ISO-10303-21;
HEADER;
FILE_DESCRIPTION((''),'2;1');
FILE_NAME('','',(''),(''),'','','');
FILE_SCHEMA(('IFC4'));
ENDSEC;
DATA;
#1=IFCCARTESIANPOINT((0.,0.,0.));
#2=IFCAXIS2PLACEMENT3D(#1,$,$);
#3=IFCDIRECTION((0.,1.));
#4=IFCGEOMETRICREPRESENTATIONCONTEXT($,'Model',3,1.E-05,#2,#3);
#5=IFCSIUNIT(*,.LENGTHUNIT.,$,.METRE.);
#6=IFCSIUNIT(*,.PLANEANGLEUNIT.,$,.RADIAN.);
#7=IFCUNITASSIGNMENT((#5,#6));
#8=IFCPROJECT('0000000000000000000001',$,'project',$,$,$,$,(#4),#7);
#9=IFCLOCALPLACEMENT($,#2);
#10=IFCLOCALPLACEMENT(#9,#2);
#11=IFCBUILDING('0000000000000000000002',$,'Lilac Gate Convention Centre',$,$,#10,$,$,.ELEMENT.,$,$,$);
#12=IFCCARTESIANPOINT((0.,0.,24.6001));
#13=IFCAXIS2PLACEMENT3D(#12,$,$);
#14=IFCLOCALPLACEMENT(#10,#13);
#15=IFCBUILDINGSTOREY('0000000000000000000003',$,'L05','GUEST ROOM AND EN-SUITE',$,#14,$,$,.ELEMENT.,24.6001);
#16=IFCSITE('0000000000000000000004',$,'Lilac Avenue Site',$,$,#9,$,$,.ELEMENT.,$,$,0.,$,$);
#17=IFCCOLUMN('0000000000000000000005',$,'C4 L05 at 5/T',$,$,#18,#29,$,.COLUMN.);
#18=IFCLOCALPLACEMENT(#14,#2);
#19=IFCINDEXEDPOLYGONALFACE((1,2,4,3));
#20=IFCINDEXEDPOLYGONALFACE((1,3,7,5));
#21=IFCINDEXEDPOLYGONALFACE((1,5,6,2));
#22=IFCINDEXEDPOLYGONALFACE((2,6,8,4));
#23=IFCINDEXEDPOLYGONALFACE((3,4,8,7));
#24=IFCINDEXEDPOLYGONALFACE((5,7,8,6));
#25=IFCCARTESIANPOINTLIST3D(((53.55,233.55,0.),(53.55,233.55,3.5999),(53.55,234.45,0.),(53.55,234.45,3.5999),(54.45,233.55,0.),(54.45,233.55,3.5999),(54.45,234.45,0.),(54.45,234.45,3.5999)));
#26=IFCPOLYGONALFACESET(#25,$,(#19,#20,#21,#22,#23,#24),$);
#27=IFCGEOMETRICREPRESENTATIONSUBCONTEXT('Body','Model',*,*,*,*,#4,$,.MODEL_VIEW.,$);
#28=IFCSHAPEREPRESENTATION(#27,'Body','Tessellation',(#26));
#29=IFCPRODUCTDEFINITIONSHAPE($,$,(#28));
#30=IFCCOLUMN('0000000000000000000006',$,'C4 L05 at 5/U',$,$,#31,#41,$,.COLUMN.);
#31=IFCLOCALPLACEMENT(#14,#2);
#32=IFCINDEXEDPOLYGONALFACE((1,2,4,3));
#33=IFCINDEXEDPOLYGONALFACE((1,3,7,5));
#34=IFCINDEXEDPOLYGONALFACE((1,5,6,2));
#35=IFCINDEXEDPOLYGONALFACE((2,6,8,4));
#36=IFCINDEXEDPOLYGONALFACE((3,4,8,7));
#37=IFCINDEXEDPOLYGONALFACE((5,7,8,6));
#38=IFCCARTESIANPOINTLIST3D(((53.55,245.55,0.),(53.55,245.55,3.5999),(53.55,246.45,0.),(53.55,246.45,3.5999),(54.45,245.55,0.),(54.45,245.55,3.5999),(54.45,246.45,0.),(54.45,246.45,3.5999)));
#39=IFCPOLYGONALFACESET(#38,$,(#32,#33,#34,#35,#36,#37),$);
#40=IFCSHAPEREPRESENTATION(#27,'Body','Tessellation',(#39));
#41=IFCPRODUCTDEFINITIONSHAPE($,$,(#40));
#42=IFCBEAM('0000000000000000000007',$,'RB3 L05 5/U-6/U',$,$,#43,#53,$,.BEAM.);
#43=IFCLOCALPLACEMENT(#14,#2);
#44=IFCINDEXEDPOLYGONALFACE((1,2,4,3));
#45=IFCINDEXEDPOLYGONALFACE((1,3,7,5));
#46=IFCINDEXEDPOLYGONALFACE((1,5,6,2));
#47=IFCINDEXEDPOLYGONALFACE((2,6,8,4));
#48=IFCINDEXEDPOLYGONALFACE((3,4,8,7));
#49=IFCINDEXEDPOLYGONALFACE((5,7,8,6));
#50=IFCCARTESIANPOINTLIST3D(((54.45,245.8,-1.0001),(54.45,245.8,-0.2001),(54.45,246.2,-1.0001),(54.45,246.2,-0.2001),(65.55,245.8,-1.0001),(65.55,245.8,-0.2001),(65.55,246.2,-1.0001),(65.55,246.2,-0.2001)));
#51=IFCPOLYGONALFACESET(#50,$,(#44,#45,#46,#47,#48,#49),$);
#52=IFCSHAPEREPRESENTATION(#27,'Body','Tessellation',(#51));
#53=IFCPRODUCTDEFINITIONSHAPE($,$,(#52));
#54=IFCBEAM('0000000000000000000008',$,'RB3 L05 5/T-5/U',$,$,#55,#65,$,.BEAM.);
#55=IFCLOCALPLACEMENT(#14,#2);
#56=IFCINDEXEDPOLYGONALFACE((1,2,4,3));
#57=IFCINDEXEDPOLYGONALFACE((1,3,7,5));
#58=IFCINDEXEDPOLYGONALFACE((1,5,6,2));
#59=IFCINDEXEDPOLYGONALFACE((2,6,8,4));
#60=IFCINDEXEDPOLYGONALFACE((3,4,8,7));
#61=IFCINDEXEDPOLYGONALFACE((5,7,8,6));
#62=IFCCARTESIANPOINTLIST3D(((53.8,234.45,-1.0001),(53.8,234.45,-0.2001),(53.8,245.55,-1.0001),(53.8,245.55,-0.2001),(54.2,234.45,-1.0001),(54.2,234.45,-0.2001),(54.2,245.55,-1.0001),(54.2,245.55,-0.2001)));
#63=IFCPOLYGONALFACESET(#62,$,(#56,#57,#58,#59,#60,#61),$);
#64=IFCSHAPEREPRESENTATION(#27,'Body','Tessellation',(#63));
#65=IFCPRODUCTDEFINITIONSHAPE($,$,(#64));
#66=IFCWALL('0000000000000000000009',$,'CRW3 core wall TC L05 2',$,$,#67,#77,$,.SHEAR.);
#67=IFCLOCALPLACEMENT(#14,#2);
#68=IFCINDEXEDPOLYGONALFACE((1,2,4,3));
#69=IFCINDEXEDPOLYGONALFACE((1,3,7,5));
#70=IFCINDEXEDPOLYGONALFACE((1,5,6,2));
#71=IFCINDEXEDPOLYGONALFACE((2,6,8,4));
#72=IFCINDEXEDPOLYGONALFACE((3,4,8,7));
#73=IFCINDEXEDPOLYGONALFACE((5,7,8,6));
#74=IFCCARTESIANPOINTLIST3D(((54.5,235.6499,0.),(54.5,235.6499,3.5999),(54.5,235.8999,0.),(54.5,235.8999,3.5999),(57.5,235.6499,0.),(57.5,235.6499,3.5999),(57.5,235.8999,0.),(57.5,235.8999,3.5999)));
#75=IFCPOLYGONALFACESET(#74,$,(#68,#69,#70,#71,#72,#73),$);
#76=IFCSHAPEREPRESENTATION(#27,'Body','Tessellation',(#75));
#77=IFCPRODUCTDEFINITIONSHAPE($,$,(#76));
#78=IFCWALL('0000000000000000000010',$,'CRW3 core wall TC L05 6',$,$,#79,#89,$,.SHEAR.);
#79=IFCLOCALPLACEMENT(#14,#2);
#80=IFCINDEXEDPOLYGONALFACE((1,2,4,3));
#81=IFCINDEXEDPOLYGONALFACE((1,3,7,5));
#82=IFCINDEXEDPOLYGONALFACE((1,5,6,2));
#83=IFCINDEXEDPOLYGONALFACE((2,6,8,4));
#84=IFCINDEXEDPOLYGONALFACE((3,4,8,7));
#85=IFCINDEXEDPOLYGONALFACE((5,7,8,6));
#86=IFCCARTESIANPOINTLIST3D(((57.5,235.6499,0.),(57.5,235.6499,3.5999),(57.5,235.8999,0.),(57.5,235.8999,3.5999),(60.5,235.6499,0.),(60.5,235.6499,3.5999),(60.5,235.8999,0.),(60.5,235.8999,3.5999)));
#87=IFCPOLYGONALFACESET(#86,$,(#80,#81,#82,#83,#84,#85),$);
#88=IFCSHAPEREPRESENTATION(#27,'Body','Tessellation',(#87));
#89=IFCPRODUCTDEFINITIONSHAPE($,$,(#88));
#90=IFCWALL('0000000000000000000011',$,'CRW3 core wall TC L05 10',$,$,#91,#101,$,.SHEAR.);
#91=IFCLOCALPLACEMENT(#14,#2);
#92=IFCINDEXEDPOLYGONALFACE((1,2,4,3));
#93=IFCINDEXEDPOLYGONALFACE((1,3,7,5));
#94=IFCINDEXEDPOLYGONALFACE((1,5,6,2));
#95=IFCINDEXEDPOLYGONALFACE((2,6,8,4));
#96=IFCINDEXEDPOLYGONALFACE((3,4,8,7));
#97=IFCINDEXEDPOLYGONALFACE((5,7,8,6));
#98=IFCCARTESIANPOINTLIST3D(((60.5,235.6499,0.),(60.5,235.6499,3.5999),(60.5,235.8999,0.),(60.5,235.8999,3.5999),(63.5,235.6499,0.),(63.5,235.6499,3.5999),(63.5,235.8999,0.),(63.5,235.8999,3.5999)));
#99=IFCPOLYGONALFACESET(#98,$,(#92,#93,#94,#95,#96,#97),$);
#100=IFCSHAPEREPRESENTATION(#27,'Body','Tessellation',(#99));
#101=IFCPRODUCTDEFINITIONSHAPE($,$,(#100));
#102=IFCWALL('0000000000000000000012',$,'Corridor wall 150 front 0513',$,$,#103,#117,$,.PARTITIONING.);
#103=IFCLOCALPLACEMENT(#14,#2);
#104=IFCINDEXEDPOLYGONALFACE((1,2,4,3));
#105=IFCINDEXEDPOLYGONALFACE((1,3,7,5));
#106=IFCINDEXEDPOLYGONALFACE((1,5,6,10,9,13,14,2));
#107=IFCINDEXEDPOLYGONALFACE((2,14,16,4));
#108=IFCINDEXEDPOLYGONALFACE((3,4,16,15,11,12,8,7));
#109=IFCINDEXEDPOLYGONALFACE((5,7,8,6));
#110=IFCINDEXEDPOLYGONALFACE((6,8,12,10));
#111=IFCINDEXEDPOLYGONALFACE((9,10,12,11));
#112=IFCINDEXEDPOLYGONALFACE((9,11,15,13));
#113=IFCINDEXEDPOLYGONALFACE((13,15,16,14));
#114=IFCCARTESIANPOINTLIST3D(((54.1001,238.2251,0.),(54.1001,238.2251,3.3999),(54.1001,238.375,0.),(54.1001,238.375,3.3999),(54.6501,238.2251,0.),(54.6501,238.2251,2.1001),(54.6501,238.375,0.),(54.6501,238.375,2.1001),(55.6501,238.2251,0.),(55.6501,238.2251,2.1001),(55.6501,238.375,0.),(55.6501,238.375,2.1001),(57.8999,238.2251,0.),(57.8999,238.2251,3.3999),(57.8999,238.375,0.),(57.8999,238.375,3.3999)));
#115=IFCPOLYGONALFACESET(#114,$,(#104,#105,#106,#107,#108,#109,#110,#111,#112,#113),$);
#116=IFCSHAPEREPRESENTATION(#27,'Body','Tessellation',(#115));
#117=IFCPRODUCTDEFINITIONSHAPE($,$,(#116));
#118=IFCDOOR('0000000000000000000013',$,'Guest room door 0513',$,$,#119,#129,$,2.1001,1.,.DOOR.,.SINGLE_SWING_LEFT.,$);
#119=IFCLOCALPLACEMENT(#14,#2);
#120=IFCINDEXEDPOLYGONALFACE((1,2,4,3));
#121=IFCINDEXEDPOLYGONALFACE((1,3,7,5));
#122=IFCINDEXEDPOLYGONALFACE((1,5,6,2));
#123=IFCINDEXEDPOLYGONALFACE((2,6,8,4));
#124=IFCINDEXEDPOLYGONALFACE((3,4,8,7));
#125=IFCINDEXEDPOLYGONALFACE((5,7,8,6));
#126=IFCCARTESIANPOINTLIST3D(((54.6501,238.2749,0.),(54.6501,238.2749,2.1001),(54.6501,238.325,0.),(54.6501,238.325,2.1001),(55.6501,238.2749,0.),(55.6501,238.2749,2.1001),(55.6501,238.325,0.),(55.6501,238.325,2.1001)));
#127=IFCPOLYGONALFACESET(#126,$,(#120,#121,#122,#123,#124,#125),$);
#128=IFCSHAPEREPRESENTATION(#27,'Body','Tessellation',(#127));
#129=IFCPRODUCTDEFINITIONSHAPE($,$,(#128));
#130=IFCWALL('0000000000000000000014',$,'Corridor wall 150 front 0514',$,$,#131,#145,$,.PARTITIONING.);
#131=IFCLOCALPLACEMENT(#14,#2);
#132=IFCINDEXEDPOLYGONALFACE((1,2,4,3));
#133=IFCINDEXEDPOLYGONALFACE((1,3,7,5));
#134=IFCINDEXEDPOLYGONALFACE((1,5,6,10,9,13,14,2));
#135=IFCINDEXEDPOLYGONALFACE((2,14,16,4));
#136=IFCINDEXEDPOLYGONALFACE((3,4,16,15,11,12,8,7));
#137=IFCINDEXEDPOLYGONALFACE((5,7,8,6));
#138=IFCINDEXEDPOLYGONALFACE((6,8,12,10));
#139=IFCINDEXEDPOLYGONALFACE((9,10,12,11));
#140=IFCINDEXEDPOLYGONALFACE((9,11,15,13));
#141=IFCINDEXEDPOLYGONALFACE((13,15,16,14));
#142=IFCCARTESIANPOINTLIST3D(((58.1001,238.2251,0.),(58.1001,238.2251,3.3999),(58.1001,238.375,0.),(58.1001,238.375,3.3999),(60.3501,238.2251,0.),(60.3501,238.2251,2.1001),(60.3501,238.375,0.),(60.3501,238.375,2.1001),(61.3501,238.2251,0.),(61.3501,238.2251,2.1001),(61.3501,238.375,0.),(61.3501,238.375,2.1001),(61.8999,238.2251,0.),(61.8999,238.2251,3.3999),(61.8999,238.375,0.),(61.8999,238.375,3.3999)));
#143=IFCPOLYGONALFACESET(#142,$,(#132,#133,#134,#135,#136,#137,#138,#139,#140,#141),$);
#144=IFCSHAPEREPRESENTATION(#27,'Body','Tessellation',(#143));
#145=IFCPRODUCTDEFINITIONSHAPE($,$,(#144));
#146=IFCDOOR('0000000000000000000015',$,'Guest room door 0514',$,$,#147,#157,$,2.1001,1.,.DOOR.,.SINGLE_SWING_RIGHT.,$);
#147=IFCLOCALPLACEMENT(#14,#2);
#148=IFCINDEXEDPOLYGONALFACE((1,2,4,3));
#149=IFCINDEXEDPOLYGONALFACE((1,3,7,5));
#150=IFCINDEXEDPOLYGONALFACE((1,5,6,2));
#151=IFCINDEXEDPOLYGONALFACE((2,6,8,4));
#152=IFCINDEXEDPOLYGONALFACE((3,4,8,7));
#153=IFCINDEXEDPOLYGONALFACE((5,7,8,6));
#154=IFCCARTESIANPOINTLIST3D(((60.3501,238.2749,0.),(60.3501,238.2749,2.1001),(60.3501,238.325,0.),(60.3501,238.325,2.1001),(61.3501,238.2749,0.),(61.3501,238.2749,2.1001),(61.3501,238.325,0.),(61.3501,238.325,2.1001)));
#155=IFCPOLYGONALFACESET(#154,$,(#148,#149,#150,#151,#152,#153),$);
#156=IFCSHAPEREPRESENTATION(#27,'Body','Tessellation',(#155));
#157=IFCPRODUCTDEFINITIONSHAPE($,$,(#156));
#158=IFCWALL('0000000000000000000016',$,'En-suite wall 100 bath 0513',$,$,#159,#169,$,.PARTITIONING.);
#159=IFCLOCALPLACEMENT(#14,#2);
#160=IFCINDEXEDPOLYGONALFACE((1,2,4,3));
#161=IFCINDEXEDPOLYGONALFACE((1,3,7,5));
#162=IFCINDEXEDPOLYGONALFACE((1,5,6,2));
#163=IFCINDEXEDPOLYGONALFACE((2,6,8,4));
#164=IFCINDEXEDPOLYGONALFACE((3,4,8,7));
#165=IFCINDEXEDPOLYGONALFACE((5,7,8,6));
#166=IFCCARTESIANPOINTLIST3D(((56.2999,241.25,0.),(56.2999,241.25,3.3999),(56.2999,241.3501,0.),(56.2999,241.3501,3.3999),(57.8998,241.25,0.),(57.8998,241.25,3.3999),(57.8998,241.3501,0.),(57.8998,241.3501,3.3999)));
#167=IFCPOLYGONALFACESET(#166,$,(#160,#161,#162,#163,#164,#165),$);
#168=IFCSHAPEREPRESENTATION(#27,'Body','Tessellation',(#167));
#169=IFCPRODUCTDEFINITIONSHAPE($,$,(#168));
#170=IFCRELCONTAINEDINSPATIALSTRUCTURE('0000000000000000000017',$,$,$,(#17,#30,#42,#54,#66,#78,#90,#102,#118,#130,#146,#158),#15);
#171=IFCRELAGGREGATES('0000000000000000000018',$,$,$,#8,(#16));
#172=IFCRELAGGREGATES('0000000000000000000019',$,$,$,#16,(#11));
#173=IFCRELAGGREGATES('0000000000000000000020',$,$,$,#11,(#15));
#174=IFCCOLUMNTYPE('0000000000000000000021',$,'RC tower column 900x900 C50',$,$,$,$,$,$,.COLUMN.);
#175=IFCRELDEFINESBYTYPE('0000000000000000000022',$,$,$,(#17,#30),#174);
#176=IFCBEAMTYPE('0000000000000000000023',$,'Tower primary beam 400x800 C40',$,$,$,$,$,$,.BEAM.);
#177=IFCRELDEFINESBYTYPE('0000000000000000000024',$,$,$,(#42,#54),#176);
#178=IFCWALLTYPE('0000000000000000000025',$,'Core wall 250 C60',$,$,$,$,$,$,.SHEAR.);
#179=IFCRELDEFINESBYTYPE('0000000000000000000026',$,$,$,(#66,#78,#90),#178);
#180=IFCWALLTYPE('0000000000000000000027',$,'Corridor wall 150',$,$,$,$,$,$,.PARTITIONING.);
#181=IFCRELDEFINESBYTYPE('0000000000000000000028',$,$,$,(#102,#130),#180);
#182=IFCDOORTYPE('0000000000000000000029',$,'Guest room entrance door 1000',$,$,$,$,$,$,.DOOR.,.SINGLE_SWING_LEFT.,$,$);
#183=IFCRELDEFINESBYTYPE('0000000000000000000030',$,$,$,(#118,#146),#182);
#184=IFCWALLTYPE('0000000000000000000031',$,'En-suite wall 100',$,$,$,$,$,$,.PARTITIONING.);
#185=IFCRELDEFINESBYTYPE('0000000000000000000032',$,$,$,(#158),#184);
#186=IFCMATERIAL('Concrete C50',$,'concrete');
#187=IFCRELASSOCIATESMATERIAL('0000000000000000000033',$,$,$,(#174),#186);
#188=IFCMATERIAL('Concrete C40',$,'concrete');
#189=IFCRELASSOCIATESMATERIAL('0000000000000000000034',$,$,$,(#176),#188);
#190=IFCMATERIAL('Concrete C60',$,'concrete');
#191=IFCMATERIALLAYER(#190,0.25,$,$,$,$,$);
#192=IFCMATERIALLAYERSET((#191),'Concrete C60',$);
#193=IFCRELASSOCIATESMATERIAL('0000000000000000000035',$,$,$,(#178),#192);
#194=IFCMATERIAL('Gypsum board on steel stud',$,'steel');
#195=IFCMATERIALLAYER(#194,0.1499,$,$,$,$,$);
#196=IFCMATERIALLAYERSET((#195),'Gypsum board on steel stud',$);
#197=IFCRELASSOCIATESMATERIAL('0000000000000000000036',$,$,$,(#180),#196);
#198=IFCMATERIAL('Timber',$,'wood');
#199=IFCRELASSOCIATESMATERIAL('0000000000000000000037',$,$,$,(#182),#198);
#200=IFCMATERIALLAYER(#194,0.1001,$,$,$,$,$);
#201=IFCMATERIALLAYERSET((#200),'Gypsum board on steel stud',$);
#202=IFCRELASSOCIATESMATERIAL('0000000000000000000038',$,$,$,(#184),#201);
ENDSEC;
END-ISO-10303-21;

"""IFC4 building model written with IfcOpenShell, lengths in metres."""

from ifc_helpers import new_model, si_unit, direction, frame, frame_2d, origin, origin_2d, place, context, subcontext, project, spatial, rectangle, extrude, material, layer, layer_set, material_profile, profile_set, type_object, element, fill, save


model = new_model("IFC4")

# Units and contexts
model_context = context("Model", 3, precision=1e-05, world=origin(), true_north=direction((0.0, 1.0)))
body_context = subcontext(model_context, "Body", "Model", "MODEL_VIEW")
ifc_project = project(units=[si_unit("LENGTHUNIT", "METRE"), si_unit("PLANEANGLEUNIT", "RADIAN")], contexts=[model_context])

# Site, building, storey
site_placement = place(None, origin())
site = spatial("IfcSite", under=ifc_project, at=site_placement, Name="Lilac Avenue Site", CompositionType="ELEMENT", RefElevation=0.0)
building_placement = place(site_placement, origin())
building = spatial("IfcBuilding", under=site, at=building_placement, Name="Lilac Gate Convention Centre", CompositionType="ELEMENT")
storey_placement = place(building_placement, frame((0.0, 0.0, 24.6001)))
storey = spatial("IfcBuildingStorey", under=building, at=storey_placement, Name="L05", Description="GUEST ROOM AND EN-SUITE", CompositionType="ELEMENT", Elevation=24.6001)

# Columns
ifc_material_1 = material(Name="Concrete C50", Category="concrete")
ifc_material_profile_1 = material_profile(ifc_material_1, rectangle(XDim=0.8999, YDim=0.8999, at=origin_2d()), Name="RC 900x900")
ifc_profile_set_1 = profile_set([ifc_material_profile_1], Name="Concrete C50")
column_type = type_object("IfcColumnType", Name="RC tower column 900x900 C50", PredefinedType="COLUMN", material=ifc_profile_set_1)
for number, where, z_axis, x_axis, name in (
    (1, (54.0, 234.0, 0.0), (0.0, 0.0, 1.0), (1.0, 0.0, 0.0), "C4 L05 at 5/T"),
    (2, (54.0, 246.0, 0.0), (0.0, 0.0, 1.0), (1.0, 0.0, 0.0), "C4 L05 at 5/U"),
):
    element("IfcColumn", number, at=place(storey_placement, frame(where, z_axis=z_axis, x_axis=x_axis)), inside=storey, type_object=column_type, Name=name, PredefinedType="COLUMN", context=body_context, shape_type="SweptSolid", body=[
        extrude(rectangle(XDim=0.8999, YDim=0.8999, at=origin_2d()), origin(), (0.0, 0.0, 1.0), 3.5999),
    ])

# Beams
ifc_material_2 = material(Name="Concrete C40", Category="concrete")
ifc_material_profile_2 = material_profile(ifc_material_2, rectangle(XDim=0.3999, YDim=0.8, at=origin_2d()), Name="RC 400x800")
ifc_profile_set_2 = profile_set([ifc_material_profile_2], Name="Concrete C40")
beam_type = type_object("IfcBeamType", Name="Tower primary beam 400x800 C40", PredefinedType="BEAM", material=ifc_profile_set_2)
for number, where, z_axis, x_axis, name in (
    (3, (54.45, 246.0, -0.6001), (1.0, 0.0, 0.0), (0.0, 1.0, 0.0), "RB3 L05 5/U-6/U"),
    (4, (54.0, 234.45, -0.6001), (0.0, 1.0, 0.0), (-1.0, 0.0, 0.0), "RB3 L05 5/T-5/U"),
):
    element("IfcBeam", number, at=place(storey_placement, frame(where, z_axis=z_axis, x_axis=x_axis)), inside=storey, type_object=beam_type, Name=name, PredefinedType="BEAM", context=body_context, shape_type="SweptSolid", body=[
        extrude(rectangle(XDim=0.3999, YDim=0.8, at=origin_2d()), origin(), (0.0, 0.0, 1.0), 11.1001),
    ])

# Walls
ifc_material_3 = material(Name="Concrete C60", Category="concrete")
ifc_layer_1 = layer(ifc_material_3, 0.25)
ifc_layer_set_1 = layer_set([ifc_layer_1], Name="Concrete C60")
wall_type_1 = type_object("IfcWallType", Name="Core wall 250 C60", PredefinedType="SHEAR", material=ifc_layer_set_1)
for number, where, z_axis, x_axis, name in (
    (5, (54.5, 235.7749, 0.0), (0.0, 0.0, 1.0), (1.0, 0.0, 0.0), "CRW3 core wall TC L05 2"),
    (6, (57.5, 235.7749, 0.0), (0.0, 0.0, 1.0), (1.0, 0.0, 0.0), "CRW3 core wall TC L05 6"),
    (7, (60.5, 235.7749, 0.0), (0.0, 0.0, 1.0), (1.0, 0.0, 0.0), "CRW3 core wall TC L05 10"),
):
    element("IfcWall", number, at=place(storey_placement, frame(where, z_axis=z_axis, x_axis=x_axis)), inside=storey, type_object=wall_type_1, Name=name, PredefinedType="SHEAR", context=body_context, shape_type="SweptSolid", body=[
        extrude(rectangle(XDim=3.0, YDim=0.25, at=frame_2d((1.5, 0.0))), origin(), (0.0, 0.0, 1.0), 3.5999),
    ])

# Walls, openings, doors
ifc_material_4 = material(Name="Gypsum board on steel stud", Category="steel")
ifc_layer_2 = layer(ifc_material_4, 0.1499)
ifc_layer_set_2 = layer_set([ifc_layer_2], Name="Gypsum board on steel stud")
wall_type_2 = type_object("IfcWallType", Name="Corridor wall 150", PredefinedType="PARTITIONING", material=ifc_layer_set_2)
wall_1_placement = place(storey_placement, frame((54.1001, 238.3, 0.0), z_axis=(0.0, 0.0, 1.0), x_axis=(1.0, 0.0, 0.0)))
wall_1 = element("IfcWall", 8, at=wall_1_placement, inside=storey, type_object=wall_type_2, Name="Corridor wall 150 front 0513", PredefinedType="PARTITIONING", context=body_context, shape_type="SweptSolid", body=[
    extrude(rectangle(XDim=3.7998, YDim=0.1499, at=frame_2d((1.8999, 0.0))), origin(), (0.0, 0.0, 1.0), 3.3999),
])
opening_1_placement = place(wall_1_placement, frame((0.55, 0.0, 0.0)))
opening_1 = element("IfcOpeningElement", 9, at=opening_1_placement, cuts=wall_1, PredefinedType="OPENING", context=body_context, shape_type="SweptSolid", body=[
    extrude(rectangle(XDim=1.0, YDim=2.1001, at=frame_2d((0.5, 1.05))), frame((0.0, 0.085, 0.0), z_axis=(0.0, -1.0, 0.0), x_axis=(1.0, 0.0, 0.0)), (0.0, 0.0, 1.0), 0.1699),
])
ifc_material_5 = material(Name="Timber", Category="wood")
door_type_1 = type_object("IfcDoorType", Name="Guest room entrance door 1000", OperationType="SINGLE_SWING_LEFT", PredefinedType="DOOR", material=ifc_material_5)
door_1_placement = place(opening_1_placement, origin())
door_1 = element("IfcDoor", 10, at=door_1_placement, inside=storey, type_object=door_type_1, Name="Guest room door 0513", OperationType="SINGLE_SWING_LEFT", OverallHeight=2.1001, OverallWidth=1.0, PredefinedType="DOOR", context=body_context, shape_type="SweptSolid", body=[
    extrude(rectangle(XDim=1.0, YDim=2.1001, at=frame_2d((0.5, 1.05))), frame((0.0, 0.0249, 0.0), z_axis=(0.0, -1.0, 0.0), x_axis=(1.0, 0.0, 0.0)), (0.0, 0.0, 1.0), 0.05),
])
fill(opening_1, door_1)
wall_2_placement = place(storey_placement, frame((58.1001, 238.3, 0.0), z_axis=(0.0, 0.0, 1.0), x_axis=(1.0, 0.0, 0.0)))
wall_2 = element("IfcWall", 11, at=wall_2_placement, inside=storey, type_object=wall_type_2, Name="Corridor wall 150 front 0514", PredefinedType="PARTITIONING", context=body_context, shape_type="SweptSolid", body=[
    extrude(rectangle(XDim=3.7998, YDim=0.1499, at=frame_2d((1.8999, 0.0))), origin(), (0.0, 0.0, 1.0), 3.3999),
])
opening_2_placement = place(wall_2_placement, frame((2.25, 0.0, 0.0)))
opening_2 = element("IfcOpeningElement", 12, at=opening_2_placement, cuts=wall_2, PredefinedType="OPENING", context=body_context, shape_type="SweptSolid", body=[
    extrude(rectangle(XDim=1.0, YDim=2.1001, at=frame_2d((0.5, 1.05))), frame((0.0, 0.085, 0.0), z_axis=(0.0, -1.0, 0.0), x_axis=(1.0, 0.0, 0.0)), (0.0, 0.0, 1.0), 0.1699),
])
door_2_placement = place(opening_2_placement, origin())
door_2 = element("IfcDoor", 13, at=door_2_placement, inside=storey, type_object=door_type_1, Name="Guest room door 0514", OperationType="SINGLE_SWING_RIGHT", OverallHeight=2.1001, OverallWidth=1.0, PredefinedType="DOOR", context=body_context, shape_type="SweptSolid", body=[
    extrude(rectangle(XDim=1.0, YDim=2.1001, at=frame_2d((0.5, 1.05))), frame((0.0, 0.0249, 0.0), z_axis=(0.0, -1.0, 0.0), x_axis=(1.0, 0.0, 0.0)), (0.0, 0.0, 1.0), 0.05),
])
fill(opening_2, door_2)

# Wall
ifc_layer_3 = layer(ifc_material_4, 0.1001)
ifc_layer_set_3 = layer_set([ifc_layer_3], Name="Gypsum board on steel stud")
wall_type_3 = type_object("IfcWallType", Name="En-suite wall 100", PredefinedType="PARTITIONING", material=ifc_layer_set_3)
wall_3_placement = place(storey_placement, frame((56.3, 241.3, 0.0), z_axis=(0.0, 0.0, 1.0), x_axis=(1.0, 0.0, 0.0)))
element("IfcWall", 14, at=wall_3_placement, inside=storey, type_object=wall_type_3, Name="En-suite wall 100 bath 0513", PredefinedType="PARTITIONING", context=body_context, shape_type="SweptSolid", body=[
    extrude(rectangle(XDim=1.5999, YDim=0.1001, at=frame_2d((0.7998, 0.0))), origin(), (0.0, 0.0, 1.0), 3.3999),
])

save(model, "model.ifc")
